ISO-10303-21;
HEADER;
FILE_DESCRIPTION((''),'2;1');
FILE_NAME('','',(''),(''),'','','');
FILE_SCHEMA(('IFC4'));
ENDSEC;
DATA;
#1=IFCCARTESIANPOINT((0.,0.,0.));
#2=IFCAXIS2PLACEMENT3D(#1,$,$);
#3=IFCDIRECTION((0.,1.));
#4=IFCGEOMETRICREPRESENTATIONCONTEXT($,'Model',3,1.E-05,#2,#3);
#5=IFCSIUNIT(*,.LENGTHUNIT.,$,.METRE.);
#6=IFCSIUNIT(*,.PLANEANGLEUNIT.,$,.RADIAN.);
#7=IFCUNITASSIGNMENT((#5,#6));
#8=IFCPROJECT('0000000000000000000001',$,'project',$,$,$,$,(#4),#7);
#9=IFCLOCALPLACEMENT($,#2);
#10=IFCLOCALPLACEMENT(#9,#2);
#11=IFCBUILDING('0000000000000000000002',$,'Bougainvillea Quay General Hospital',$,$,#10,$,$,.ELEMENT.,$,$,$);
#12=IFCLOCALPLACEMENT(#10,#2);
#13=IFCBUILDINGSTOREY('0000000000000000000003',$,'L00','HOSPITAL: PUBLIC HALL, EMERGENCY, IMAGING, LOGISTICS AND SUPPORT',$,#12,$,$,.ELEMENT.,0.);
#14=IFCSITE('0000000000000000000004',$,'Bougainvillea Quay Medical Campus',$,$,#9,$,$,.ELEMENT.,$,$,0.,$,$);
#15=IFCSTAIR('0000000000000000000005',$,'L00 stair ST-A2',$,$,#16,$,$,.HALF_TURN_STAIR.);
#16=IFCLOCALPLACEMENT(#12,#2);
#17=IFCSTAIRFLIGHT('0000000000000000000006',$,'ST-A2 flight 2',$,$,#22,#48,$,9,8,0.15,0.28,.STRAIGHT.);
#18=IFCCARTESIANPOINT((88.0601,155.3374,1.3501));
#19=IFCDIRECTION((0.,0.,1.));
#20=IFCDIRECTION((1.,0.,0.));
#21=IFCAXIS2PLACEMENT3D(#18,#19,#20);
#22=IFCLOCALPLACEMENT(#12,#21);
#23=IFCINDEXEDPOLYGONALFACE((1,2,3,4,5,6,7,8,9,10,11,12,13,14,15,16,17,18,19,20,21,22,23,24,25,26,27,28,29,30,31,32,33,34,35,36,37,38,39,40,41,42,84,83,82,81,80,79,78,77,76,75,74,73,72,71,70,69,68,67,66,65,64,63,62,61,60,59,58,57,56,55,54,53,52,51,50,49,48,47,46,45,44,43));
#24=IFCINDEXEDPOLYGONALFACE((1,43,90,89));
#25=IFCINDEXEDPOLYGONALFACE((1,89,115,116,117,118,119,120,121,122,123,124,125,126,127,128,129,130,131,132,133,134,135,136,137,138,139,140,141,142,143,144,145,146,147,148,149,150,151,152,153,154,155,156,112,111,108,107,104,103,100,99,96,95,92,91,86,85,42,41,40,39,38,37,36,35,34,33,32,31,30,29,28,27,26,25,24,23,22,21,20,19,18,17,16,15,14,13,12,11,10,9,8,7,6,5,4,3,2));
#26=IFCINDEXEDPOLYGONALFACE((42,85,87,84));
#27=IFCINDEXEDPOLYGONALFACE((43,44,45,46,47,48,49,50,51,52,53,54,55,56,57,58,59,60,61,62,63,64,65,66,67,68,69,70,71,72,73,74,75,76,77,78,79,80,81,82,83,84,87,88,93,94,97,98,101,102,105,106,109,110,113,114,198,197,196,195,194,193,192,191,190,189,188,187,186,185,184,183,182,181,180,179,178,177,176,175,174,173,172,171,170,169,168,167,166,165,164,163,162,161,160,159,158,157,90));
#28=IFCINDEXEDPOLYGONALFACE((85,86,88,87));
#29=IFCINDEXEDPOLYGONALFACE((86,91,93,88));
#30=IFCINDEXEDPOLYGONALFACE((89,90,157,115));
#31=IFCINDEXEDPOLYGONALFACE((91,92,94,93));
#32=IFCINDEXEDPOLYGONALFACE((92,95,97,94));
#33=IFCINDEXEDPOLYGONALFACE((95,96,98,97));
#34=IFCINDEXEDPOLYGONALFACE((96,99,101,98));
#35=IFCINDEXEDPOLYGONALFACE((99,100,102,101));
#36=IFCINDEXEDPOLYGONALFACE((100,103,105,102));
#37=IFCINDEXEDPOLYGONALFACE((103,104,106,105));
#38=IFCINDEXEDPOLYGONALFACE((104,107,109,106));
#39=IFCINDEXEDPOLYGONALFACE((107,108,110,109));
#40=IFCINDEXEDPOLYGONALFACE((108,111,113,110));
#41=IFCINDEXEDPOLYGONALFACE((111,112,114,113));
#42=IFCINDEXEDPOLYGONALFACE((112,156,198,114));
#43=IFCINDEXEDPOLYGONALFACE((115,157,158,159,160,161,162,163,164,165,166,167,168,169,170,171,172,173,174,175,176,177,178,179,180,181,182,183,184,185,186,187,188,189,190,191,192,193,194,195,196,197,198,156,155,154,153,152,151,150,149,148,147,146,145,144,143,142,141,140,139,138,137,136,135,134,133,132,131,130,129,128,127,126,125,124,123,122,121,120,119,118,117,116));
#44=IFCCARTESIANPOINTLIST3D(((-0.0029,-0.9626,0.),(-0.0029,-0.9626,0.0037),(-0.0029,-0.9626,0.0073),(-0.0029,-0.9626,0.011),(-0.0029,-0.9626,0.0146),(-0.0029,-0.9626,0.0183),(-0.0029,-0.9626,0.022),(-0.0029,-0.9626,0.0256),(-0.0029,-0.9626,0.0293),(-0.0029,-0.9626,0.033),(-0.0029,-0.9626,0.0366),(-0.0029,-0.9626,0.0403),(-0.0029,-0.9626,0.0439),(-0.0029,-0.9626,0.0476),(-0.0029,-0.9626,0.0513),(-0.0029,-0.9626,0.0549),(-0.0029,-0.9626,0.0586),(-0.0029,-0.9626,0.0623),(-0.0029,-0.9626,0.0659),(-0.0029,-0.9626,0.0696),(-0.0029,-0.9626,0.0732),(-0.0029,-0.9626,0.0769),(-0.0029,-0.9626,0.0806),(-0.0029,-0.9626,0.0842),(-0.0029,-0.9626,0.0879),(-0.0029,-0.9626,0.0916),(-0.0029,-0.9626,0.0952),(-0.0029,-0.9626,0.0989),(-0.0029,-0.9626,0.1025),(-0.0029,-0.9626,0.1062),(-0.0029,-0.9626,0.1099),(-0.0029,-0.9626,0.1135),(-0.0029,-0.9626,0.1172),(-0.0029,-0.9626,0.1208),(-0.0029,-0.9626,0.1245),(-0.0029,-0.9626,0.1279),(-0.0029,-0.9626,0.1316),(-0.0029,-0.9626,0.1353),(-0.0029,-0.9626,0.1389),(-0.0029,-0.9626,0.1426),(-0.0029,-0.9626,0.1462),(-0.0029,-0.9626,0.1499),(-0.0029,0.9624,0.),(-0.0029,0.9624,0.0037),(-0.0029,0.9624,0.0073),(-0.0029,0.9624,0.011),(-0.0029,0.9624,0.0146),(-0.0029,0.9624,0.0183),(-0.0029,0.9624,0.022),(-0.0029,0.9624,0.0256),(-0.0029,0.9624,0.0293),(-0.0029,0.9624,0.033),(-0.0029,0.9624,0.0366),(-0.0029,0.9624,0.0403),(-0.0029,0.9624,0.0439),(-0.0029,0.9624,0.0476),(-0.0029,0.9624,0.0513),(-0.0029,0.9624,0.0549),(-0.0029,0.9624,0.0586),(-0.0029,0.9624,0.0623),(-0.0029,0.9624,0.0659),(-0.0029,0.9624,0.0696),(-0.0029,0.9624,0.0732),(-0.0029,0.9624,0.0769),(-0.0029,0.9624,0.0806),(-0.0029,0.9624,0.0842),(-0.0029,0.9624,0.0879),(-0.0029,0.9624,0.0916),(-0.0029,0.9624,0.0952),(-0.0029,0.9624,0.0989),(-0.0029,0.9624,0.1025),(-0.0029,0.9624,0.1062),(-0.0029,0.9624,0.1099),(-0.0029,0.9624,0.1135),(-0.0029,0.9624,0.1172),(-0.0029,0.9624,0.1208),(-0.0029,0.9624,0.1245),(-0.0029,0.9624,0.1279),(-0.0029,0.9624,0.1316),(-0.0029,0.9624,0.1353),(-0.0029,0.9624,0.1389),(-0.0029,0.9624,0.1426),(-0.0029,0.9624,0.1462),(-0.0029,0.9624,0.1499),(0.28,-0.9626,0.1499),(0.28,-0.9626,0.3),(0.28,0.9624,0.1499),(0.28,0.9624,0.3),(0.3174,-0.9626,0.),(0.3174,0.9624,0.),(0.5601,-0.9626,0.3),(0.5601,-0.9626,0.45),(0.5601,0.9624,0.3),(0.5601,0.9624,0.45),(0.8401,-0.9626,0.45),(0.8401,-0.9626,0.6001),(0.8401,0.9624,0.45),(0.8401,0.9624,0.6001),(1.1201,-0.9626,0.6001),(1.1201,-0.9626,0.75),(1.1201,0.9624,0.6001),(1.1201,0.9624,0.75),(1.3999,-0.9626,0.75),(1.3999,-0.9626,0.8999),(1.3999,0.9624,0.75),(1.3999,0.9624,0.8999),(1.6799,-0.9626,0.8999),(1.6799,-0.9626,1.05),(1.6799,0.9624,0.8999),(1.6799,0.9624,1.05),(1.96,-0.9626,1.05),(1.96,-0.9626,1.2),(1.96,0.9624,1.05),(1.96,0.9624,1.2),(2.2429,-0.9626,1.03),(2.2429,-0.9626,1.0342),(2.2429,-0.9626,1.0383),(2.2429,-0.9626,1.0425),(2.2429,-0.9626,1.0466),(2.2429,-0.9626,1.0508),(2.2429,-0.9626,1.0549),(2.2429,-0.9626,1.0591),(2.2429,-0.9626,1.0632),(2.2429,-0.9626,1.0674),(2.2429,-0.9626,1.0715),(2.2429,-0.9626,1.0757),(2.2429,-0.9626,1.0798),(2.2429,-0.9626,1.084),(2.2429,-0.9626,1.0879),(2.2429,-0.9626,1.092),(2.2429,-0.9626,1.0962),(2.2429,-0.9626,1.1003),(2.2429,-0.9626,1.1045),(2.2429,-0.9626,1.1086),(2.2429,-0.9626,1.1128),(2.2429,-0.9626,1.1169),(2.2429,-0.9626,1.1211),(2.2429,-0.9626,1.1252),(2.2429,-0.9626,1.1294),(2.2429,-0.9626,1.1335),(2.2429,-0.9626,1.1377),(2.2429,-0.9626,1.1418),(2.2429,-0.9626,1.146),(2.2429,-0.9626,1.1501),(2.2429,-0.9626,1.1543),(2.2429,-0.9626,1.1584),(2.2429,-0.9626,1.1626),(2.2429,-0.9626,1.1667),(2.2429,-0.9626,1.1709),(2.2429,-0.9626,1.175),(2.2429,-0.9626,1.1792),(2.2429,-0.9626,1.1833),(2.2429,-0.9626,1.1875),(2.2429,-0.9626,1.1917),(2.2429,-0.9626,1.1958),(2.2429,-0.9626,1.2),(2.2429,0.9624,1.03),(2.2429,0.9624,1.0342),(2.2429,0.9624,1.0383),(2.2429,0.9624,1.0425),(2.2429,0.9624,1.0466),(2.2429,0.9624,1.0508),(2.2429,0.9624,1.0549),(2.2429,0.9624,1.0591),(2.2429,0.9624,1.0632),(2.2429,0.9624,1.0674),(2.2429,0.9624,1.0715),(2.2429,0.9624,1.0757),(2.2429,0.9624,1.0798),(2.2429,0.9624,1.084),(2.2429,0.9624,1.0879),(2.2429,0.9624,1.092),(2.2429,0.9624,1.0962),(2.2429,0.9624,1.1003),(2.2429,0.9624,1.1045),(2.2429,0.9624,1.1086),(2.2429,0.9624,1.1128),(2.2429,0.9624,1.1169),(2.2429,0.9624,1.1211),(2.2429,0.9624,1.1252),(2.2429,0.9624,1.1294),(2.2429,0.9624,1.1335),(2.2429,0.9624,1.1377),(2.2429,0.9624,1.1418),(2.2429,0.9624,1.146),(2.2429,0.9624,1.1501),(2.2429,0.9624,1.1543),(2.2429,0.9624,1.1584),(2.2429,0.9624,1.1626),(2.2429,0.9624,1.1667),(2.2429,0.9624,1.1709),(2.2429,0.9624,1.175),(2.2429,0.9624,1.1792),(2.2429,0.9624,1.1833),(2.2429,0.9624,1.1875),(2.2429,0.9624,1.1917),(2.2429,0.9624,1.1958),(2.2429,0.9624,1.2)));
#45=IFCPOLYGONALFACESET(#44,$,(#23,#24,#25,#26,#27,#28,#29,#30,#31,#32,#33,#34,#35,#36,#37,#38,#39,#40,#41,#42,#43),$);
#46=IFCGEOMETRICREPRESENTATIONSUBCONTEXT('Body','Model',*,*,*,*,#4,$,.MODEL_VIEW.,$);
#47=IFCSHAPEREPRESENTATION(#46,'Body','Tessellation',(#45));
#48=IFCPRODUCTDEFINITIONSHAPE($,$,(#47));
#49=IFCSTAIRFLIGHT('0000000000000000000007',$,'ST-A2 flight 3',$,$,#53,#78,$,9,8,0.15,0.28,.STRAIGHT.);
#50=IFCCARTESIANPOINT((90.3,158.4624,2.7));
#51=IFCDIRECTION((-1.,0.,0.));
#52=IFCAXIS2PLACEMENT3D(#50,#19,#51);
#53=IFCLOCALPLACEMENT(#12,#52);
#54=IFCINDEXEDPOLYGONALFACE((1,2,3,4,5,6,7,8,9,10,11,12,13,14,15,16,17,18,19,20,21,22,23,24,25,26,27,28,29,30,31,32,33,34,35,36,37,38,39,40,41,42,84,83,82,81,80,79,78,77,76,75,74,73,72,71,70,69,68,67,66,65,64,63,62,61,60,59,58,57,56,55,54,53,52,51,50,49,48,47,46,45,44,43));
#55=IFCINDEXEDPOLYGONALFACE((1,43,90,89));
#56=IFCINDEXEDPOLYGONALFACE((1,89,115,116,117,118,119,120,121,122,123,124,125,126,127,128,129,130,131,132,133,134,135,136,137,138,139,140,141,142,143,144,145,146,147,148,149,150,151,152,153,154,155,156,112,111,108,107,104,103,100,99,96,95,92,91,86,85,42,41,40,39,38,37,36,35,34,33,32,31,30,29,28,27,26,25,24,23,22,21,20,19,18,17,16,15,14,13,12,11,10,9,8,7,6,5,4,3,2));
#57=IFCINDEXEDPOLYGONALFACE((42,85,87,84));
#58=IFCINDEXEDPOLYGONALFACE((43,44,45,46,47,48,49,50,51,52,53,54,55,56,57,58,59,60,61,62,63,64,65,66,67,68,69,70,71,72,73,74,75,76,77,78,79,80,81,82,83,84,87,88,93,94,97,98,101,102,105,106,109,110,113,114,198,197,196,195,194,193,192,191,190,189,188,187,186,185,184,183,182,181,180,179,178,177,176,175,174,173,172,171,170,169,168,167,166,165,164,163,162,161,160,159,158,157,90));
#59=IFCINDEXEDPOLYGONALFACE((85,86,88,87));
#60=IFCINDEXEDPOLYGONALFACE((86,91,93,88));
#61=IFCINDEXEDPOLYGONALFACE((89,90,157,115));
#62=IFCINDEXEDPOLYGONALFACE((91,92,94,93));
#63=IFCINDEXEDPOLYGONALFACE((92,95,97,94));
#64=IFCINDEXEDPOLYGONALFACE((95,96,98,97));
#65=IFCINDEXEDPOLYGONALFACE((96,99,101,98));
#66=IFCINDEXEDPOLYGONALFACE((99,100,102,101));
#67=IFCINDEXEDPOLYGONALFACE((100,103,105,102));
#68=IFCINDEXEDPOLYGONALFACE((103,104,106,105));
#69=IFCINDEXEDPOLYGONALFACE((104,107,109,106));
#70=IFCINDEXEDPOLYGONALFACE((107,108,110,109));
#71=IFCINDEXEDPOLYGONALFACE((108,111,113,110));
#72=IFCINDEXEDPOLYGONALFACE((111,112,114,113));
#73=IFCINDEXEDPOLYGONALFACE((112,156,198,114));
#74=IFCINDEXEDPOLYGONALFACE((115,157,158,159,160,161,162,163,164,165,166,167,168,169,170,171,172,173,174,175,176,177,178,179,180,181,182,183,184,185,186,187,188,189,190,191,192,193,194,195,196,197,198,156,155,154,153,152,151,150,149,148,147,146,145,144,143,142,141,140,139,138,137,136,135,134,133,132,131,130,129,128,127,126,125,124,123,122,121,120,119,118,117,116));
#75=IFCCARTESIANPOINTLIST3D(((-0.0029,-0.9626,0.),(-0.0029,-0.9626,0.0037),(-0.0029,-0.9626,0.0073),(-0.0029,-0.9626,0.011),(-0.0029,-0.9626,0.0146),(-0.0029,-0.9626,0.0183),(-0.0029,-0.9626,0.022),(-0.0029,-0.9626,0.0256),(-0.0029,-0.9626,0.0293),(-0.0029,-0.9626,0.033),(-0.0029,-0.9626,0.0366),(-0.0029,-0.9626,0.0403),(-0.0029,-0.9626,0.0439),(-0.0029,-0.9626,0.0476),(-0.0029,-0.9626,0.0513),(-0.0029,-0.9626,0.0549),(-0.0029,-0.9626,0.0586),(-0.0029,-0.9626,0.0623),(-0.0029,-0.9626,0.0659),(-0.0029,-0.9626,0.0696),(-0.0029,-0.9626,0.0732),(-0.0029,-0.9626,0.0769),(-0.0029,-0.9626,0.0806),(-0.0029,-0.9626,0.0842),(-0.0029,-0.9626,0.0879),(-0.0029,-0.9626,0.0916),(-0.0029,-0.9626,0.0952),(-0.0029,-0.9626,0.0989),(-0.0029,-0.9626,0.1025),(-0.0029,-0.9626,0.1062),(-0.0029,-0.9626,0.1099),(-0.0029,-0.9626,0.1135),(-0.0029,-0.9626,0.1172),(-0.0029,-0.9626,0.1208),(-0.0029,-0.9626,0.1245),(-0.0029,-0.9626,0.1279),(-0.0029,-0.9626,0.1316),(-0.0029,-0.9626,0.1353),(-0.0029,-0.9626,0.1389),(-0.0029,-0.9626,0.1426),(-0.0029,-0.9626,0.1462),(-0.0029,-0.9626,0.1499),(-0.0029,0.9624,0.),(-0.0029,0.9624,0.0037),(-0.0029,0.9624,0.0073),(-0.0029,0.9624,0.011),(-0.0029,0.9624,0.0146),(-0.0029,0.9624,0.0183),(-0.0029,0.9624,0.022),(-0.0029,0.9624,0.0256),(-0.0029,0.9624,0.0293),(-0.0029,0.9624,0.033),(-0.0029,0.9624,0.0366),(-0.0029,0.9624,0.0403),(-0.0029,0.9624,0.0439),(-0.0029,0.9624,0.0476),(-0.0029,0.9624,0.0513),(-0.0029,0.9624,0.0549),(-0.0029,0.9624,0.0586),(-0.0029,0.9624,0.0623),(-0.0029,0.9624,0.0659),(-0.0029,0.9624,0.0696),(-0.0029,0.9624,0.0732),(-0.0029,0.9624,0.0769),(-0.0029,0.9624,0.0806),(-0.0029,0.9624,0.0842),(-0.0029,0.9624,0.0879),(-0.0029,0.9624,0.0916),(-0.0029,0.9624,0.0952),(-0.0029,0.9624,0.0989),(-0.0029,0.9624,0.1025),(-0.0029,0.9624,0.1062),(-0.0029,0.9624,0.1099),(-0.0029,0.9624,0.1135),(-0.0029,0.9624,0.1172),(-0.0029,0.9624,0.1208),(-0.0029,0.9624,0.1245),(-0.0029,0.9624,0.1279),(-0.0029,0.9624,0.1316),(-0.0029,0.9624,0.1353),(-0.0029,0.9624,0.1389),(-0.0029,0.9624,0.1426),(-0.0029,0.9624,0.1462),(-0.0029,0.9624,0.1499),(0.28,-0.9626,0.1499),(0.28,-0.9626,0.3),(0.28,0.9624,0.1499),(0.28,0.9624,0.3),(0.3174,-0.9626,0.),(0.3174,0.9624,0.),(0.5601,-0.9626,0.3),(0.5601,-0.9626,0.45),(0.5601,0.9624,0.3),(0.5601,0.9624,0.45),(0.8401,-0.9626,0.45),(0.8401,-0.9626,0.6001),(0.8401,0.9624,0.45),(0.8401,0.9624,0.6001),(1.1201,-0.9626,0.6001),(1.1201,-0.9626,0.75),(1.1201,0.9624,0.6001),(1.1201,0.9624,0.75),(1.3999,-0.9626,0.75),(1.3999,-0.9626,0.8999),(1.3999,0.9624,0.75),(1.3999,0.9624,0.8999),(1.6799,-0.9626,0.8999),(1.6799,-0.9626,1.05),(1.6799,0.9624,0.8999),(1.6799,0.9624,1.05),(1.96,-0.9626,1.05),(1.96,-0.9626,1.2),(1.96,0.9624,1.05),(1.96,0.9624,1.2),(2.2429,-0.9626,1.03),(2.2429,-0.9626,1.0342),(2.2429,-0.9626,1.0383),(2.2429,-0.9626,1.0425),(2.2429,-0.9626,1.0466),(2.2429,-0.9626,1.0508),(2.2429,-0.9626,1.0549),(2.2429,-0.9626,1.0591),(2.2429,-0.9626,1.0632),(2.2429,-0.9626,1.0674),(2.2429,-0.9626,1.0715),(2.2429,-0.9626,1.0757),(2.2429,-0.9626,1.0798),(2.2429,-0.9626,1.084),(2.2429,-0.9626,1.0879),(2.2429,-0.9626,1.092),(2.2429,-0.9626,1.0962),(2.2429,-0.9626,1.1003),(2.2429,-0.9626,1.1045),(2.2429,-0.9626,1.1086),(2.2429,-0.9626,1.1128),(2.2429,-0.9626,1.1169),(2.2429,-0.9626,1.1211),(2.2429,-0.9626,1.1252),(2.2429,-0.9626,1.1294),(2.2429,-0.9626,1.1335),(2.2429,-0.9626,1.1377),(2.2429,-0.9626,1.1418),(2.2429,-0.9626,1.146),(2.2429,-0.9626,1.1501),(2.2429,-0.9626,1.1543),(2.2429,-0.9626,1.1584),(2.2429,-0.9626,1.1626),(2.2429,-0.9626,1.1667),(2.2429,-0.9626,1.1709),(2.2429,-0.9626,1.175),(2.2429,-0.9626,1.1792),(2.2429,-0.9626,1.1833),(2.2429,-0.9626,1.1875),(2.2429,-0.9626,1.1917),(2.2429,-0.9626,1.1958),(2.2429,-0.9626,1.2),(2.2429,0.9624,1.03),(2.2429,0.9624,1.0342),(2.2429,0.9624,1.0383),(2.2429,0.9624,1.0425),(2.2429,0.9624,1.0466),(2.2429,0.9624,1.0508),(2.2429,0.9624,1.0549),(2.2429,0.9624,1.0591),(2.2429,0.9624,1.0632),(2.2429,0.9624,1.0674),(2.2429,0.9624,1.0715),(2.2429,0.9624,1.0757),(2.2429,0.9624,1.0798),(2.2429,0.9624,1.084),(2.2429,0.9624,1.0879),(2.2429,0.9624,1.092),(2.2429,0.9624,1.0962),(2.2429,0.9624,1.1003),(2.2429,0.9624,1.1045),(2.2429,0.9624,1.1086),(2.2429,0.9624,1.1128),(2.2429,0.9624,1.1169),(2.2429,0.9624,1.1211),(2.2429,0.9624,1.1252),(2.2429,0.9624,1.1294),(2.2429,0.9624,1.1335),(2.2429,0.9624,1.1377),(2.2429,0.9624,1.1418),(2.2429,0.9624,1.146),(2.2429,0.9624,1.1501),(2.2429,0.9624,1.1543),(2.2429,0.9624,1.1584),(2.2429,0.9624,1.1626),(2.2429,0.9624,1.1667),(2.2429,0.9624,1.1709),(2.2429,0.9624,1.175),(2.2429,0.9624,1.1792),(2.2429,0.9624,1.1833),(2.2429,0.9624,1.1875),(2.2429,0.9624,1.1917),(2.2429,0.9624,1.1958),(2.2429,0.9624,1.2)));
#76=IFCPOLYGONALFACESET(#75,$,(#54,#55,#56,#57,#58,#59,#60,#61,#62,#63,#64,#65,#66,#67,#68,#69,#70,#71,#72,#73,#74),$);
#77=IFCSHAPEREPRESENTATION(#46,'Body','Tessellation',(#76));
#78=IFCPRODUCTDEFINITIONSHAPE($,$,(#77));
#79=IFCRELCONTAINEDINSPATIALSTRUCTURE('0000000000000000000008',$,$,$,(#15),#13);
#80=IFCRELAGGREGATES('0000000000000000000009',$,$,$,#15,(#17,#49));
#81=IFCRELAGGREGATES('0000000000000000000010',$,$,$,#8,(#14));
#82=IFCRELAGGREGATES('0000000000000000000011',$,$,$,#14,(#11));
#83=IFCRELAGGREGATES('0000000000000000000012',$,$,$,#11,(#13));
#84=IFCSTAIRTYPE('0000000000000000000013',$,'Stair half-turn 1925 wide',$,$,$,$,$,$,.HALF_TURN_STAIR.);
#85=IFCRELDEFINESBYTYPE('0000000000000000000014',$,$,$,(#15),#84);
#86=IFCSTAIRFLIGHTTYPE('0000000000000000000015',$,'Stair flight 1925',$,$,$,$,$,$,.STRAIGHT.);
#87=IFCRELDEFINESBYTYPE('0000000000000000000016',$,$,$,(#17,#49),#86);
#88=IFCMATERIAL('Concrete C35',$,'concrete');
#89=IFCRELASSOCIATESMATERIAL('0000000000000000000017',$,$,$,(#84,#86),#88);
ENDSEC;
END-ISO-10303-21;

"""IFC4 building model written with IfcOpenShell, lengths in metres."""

from ifc_helpers import new_model, si_unit, direction, frame, origin, place, context, subcontext, project, spatial, polyline, outline, extrude, material, type_object, element, aggregate, save


model = new_model("IFC4")

# Units and contexts
model_context = context("Model", 3, precision=1e-05, world=origin(), true_north=direction((0.0, 1.0)))
body_context = subcontext(model_context, "Body", "Model", "MODEL_VIEW")
ifc_project = project(units=[si_unit("LENGTHUNIT", "METRE"), si_unit("PLANEANGLEUNIT", "RADIAN")], contexts=[model_context])

# Site, building, storey
site_placement = place(None, origin())
site = spatial("IfcSite", under=ifc_project, at=site_placement, Name="Bougainvillea Quay Medical Campus", CompositionType="ELEMENT", RefElevation=0.0)
building_placement = place(site_placement, origin())
building = spatial("IfcBuilding", under=site, at=building_placement, Name="Bougainvillea Quay General Hospital", CompositionType="ELEMENT")
storey_placement = place(building_placement, origin())
storey = spatial("IfcBuildingStorey", under=building, at=storey_placement, Name="L00", Description="HOSPITAL: PUBLIC HALL, EMERGENCY, IMAGING, LOGISTICS AND SUPPORT", CompositionType="ELEMENT", Elevation=0.0)

# Stair, stair flights
ifc_material_1 = material(Name="Concrete C35", Category="concrete")
stair_type = type_object("IfcStairType", Name="Stair half-turn 1925 wide", PredefinedType="HALF_TURN_STAIR", material=ifc_material_1)
stair_placement = place(storey_placement, origin())
stair = element("IfcStair", 1, at=stair_placement, inside=storey, type_object=stair_type, Name="L00 stair ST-A2", PredefinedType="HALF_TURN_STAIR")
stair_flight_type = type_object("IfcStairFlightType", Name="Stair flight 1925", PredefinedType="STRAIGHT", material=ifc_material_1)
stair_flight_1_placement = place(storey_placement, frame((88.0601, 155.3374, 1.3501), z_axis=(0.0, 0.0, 1.0), x_axis=(1.0, 0.0, 0.0)))
stair_flight_1 = element("IfcStairFlight", 2, at=stair_flight_1_placement, type_object=stair_flight_type, Name="ST-A2 flight 2", NumberOfRisers=9, NumberOfTreads=8, PredefinedType="STRAIGHT", RiserHeight=0.15, TreadLength=0.28, context=body_context, shape_type="SweptSolid", body=[
    extrude(outline(polyline([(-0.0029, 0.0), (-0.0029, 0.0037), (-0.0029, 0.0073), (-0.0029, 0.011), (-0.0029, 0.0146), (-0.0029, 0.0183), (-0.0029, 0.022), (-0.0029, 0.0256), (-0.0029, 0.0293), (-0.0029, 0.033), (-0.0029, 0.0366), (-0.0029, 0.0403), (-0.0029, 0.0439), (-0.0029, 0.0476), (-0.0029, 0.0513), (-0.0029, 0.0549), (-0.0029, 0.0586), (-0.0029, 0.0623), (-0.0029, 0.0659), (-0.0029, 0.0696), (-0.0029, 0.0732), (-0.0029, 0.0769), (-0.0029, 0.0806), (-0.0029, 0.0842), (-0.0029, 0.0879), (-0.0029, 0.0916), (-0.0029, 0.0952), (-0.0029, 0.0989), (-0.0029, 0.1025), (-0.0029, 0.1062), (-0.0029, 0.1099), (-0.0029, 0.1135), (-0.0029, 0.1172), (-0.0029, 0.1208), (-0.0029, 0.1245), (-0.0029, 0.1279), (-0.0029, 0.1316), (-0.0029, 0.1353), (-0.0029, 0.1389), (-0.0029, 0.1426), (-0.0029, 0.1462), (-0.0029, 0.1499), (0.28, 0.1499), (0.28, 0.3), (0.5601, 0.3), (0.5601, 0.45), (0.8401, 0.45), (0.8401, 0.6001), (1.1201, 0.6001), (1.1201, 0.75), (1.3999, 0.75), (1.3999, 0.8999), (1.6799, 0.8999), (1.6799, 1.05), (1.96, 1.05), (1.96, 1.2), (2.2429, 1.2), (2.2429, 1.1958), (2.2429, 1.1917), (2.2429, 1.1875), (2.2429, 1.1833), (2.2429, 1.1792), (2.2429, 1.175), (2.2429, 1.1709), (2.2429, 1.1667), (2.2429, 1.1626), (2.2429, 1.1584), (2.2429, 1.1543), (2.2429, 1.1501), (2.2429, 1.146), (2.2429, 1.1418), (2.2429, 1.1377), (2.2429, 1.1335), (2.2429, 1.1294), (2.2429, 1.1252), (2.2429, 1.1211), (2.2429, 1.1169), (2.2429, 1.1128), (2.2429, 1.1086), (2.2429, 1.1045), (2.2429, 1.1003), (2.2429, 1.0962), (2.2429, 1.092), (2.2429, 1.0879), (2.2429, 1.084), (2.2429, 1.0798), (2.2429, 1.0757), (2.2429, 1.0715), (2.2429, 1.0674), (2.2429, 1.0632), (2.2429, 1.0591), (2.2429, 1.0549), (2.2429, 1.0508), (2.2429, 1.0466), (2.2429, 1.0425), (2.2429, 1.0383), (2.2429, 1.0342), (2.2429, 1.03), (0.3174, 0.0), (-0.0029, 0.0)])), frame((0.0, 0.9624, 0.0), z_axis=(0.0, -1.0, 0.0), x_axis=(1.0, 0.0, 0.0)), (0.0, 0.0, 1.0), 1.925),
])
stair_flight_2_placement = place(storey_placement, frame((90.3, 158.4624, 2.7), z_axis=(0.0, 0.0, 1.0), x_axis=(-1.0, 0.0, 0.0)))
stair_flight_2 = element("IfcStairFlight", 3, at=stair_flight_2_placement, type_object=stair_flight_type, Name="ST-A2 flight 3", NumberOfRisers=9, NumberOfTreads=8, PredefinedType="STRAIGHT", RiserHeight=0.15, TreadLength=0.28, context=body_context, shape_type="SweptSolid", body=[
    extrude(outline(polyline([(-0.0029, 0.0), (-0.0029, 0.0037), (-0.0029, 0.0073), (-0.0029, 0.011), (-0.0029, 0.0146), (-0.0029, 0.0183), (-0.0029, 0.022), (-0.0029, 0.0256), (-0.0029, 0.0293), (-0.0029, 0.033), (-0.0029, 0.0366), (-0.0029, 0.0403), (-0.0029, 0.0439), (-0.0029, 0.0476), (-0.0029, 0.0513), (-0.0029, 0.0549), (-0.0029, 0.0586), (-0.0029, 0.0623), (-0.0029, 0.0659), (-0.0029, 0.0696), (-0.0029, 0.0732), (-0.0029, 0.0769), (-0.0029, 0.0806), (-0.0029, 0.0842), (-0.0029, 0.0879), (-0.0029, 0.0916), (-0.0029, 0.0952), (-0.0029, 0.0989), (-0.0029, 0.1025), (-0.0029, 0.1062), (-0.0029, 0.1099), (-0.0029, 0.1135), (-0.0029, 0.1172), (-0.0029, 0.1208), (-0.0029, 0.1245), (-0.0029, 0.1279), (-0.0029, 0.1316), (-0.0029, 0.1353), (-0.0029, 0.1389), (-0.0029, 0.1426), (-0.0029, 0.1462), (-0.0029, 0.1499), (0.28, 0.1499), (0.28, 0.3), (0.5601, 0.3), (0.5601, 0.45), (0.8401, 0.45), (0.8401, 0.6001), (1.1201, 0.6001), (1.1201, 0.75), (1.3999, 0.75), (1.3999, 0.8999), (1.6799, 0.8999), (1.6799, 1.05), (1.96, 1.05), (1.96, 1.2), (2.2429, 1.2), (2.2429, 1.1958), (2.2429, 1.1917), (2.2429, 1.1875), (2.2429, 1.1833), (2.2429, 1.1792), (2.2429, 1.175), (2.2429, 1.1709), (2.2429, 1.1667), (2.2429, 1.1626), (2.2429, 1.1584), (2.2429, 1.1543), (2.2429, 1.1501), (2.2429, 1.146), (2.2429, 1.1418), (2.2429, 1.1377), (2.2429, 1.1335), (2.2429, 1.1294), (2.2429, 1.1252), (2.2429, 1.1211), (2.2429, 1.1169), (2.2429, 1.1128), (2.2429, 1.1086), (2.2429, 1.1045), (2.2429, 1.1003), (2.2429, 1.0962), (2.2429, 1.092), (2.2429, 1.0879), (2.2429, 1.084), (2.2429, 1.0798), (2.2429, 1.0757), (2.2429, 1.0715), (2.2429, 1.0674), (2.2429, 1.0632), (2.2429, 1.0591), (2.2429, 1.0549), (2.2429, 1.0508), (2.2429, 1.0466), (2.2429, 1.0425), (2.2429, 1.0383), (2.2429, 1.0342), (2.2429, 1.03), (0.3174, 0.0), (-0.0029, 0.0)])), frame((0.0, 0.9624, 0.0), z_axis=(0.0, -1.0, 0.0), x_axis=(1.0, 0.0, 0.0)), (0.0, 0.0, 1.0), 1.925),
])
aggregate(stair, [stair_flight_1, stair_flight_2])

save(model, "model.ifc")
